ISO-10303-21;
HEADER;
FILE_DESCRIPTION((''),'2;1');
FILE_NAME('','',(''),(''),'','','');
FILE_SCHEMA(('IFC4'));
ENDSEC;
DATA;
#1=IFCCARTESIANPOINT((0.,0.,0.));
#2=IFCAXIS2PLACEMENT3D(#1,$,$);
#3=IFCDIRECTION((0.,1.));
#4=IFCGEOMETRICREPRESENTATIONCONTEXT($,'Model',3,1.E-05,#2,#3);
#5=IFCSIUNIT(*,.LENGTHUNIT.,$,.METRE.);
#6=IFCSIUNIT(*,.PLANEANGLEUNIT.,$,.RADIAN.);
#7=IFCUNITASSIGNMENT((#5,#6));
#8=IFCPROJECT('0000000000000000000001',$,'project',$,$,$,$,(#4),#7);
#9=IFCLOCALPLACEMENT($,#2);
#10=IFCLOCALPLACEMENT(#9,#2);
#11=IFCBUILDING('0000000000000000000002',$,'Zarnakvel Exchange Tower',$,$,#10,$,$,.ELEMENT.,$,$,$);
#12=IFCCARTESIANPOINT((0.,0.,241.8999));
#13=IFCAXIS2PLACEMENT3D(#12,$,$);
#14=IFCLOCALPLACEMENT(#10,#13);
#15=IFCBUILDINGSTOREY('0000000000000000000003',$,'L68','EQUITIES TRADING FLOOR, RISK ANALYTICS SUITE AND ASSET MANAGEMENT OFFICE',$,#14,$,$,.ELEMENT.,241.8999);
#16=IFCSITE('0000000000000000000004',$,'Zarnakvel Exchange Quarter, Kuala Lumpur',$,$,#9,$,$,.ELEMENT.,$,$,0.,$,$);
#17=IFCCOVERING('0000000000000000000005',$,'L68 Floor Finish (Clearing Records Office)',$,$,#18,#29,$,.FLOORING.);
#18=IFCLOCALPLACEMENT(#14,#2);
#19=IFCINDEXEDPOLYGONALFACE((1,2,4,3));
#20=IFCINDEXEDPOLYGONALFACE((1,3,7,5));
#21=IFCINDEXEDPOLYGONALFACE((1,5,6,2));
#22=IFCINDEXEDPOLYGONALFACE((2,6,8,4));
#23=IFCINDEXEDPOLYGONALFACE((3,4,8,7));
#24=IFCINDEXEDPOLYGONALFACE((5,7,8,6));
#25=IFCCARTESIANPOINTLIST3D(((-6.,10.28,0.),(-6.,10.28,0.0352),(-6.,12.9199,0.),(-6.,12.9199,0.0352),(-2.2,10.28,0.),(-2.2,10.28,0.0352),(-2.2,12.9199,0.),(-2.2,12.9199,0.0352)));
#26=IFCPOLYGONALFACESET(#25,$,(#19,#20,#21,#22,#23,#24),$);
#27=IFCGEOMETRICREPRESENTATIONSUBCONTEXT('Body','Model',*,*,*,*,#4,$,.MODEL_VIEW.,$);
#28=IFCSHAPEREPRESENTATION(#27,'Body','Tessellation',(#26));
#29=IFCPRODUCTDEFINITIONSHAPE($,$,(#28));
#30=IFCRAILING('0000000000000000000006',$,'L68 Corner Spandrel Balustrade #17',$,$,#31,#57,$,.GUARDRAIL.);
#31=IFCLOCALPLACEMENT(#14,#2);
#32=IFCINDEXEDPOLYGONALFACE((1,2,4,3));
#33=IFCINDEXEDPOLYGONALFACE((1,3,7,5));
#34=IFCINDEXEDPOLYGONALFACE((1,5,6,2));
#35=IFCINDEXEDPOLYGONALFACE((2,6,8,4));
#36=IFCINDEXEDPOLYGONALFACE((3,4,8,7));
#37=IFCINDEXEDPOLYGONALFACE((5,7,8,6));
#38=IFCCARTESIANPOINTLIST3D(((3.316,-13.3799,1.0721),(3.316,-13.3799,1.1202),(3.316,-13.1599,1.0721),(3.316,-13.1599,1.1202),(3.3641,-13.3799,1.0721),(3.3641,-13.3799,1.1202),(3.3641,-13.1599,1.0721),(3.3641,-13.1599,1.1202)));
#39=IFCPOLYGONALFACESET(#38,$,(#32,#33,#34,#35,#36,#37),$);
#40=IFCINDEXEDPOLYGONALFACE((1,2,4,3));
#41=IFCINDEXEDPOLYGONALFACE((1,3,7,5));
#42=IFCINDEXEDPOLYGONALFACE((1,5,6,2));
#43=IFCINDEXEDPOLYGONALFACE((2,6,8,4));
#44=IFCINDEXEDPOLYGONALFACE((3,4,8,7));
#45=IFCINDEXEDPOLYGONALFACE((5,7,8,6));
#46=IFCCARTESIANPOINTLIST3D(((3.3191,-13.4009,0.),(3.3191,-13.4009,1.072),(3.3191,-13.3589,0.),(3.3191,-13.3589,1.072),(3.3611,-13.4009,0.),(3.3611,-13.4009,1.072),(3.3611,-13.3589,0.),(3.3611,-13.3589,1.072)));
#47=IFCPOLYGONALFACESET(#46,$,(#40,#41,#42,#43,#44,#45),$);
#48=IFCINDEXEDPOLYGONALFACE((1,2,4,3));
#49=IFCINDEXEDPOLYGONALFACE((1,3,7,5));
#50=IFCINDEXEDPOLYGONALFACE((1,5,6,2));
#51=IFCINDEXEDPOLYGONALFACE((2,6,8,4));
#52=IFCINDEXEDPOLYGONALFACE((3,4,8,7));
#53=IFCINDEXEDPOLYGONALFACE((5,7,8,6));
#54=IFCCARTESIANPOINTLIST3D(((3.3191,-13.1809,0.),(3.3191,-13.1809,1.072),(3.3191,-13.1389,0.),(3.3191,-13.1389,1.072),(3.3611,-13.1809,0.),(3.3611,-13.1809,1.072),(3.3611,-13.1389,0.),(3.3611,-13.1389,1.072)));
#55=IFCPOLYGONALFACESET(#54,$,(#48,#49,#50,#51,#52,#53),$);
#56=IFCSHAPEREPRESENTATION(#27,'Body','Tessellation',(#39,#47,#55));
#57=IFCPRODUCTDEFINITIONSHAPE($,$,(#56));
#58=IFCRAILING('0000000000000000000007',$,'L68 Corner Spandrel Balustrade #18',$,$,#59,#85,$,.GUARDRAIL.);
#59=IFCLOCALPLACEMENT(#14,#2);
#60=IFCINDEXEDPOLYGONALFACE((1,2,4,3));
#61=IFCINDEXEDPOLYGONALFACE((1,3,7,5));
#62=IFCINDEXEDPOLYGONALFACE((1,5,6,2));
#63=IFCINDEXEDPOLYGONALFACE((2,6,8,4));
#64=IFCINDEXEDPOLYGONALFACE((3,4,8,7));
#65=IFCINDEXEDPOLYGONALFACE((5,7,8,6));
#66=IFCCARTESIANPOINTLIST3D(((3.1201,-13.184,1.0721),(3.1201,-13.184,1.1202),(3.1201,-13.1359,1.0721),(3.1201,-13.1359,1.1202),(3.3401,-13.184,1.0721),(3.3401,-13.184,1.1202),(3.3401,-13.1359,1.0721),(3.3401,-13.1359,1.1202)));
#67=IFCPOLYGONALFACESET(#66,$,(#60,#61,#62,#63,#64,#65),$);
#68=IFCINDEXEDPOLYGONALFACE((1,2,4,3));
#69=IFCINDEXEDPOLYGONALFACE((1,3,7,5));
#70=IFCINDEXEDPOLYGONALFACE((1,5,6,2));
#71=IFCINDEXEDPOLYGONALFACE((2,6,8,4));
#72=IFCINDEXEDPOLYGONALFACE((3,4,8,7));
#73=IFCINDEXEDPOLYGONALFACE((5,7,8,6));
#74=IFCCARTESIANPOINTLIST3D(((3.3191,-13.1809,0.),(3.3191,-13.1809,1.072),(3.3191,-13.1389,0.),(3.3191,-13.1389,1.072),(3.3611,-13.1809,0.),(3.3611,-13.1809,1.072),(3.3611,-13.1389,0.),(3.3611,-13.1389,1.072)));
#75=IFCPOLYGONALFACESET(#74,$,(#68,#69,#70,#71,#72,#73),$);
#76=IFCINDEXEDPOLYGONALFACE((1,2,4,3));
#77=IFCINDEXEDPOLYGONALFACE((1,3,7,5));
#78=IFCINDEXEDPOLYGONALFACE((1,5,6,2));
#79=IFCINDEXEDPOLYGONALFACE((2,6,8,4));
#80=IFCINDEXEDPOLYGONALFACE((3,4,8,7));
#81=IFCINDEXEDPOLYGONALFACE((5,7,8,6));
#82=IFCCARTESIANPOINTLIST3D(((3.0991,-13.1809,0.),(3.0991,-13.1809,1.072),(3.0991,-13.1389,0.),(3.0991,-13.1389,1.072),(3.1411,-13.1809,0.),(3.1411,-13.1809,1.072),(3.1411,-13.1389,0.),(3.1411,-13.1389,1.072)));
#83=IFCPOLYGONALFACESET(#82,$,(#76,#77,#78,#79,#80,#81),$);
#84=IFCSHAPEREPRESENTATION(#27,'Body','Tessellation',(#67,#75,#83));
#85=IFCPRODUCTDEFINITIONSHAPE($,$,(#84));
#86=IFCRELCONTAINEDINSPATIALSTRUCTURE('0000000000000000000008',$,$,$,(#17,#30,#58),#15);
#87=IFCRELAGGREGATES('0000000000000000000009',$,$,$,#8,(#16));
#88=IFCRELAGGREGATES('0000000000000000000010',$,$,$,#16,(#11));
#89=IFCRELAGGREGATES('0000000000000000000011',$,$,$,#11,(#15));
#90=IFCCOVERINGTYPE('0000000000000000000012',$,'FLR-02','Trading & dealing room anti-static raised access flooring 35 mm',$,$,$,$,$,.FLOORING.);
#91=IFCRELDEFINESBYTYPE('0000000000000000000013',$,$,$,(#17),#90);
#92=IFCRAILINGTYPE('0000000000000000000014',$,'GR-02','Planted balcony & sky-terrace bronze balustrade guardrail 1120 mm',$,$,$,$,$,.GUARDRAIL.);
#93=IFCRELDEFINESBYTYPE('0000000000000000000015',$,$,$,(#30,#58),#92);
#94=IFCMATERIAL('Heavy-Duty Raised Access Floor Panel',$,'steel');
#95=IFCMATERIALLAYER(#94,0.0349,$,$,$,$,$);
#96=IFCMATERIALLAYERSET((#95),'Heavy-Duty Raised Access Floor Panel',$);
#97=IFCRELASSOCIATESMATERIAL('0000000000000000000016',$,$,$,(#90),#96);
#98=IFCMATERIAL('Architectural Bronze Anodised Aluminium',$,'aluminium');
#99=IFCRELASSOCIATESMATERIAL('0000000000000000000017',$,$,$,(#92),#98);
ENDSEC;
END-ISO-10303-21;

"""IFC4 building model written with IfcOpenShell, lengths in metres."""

from ifc_helpers import new_model, si_unit, direction, frame, origin, origin_2d, place, context, subcontext, project, spatial, polyline, rectangle, outline, extrude, material, layer, layer_set, type_object, element, save


model = new_model("IFC4")

# Units and contexts
model_context = context("Model", 3, precision=1e-05, world=origin(), true_north=direction((0.0, 1.0)))
body_context = subcontext(model_context, "Body", "Model", "MODEL_VIEW")
ifc_project = project(units=[si_unit("LENGTHUNIT", "METRE"), si_unit("PLANEANGLEUNIT", "RADIAN")], contexts=[model_context])

# Site, building, storey
site_placement = place(None, origin())
site = spatial("IfcSite", under=ifc_project, at=site_placement, Name="Zarnakvel Exchange Quarter, Kuala Lumpur", CompositionType="ELEMENT", RefElevation=0.0)
building_placement = place(site_placement, origin())
building = spatial("IfcBuilding", under=site, at=building_placement, Name="Zarnakvel Exchange Tower", CompositionType="ELEMENT")
storey_placement = place(building_placement, frame((0.0, 0.0, 241.8999)))
storey = spatial("IfcBuildingStorey", under=building, at=storey_placement, Name="L68", Description="EQUITIES TRADING FLOOR, RISK ANALYTICS SUITE AND ASSET MANAGEMENT OFFICE", CompositionType="ELEMENT", Elevation=241.8999)

# Covering
ifc_material_1 = material(Name="Heavy-Duty Raised Access Floor Panel", Category="steel")
ifc_layer_1 = layer(ifc_material_1, 0.0349)
ifc_layer_set_1 = layer_set([ifc_layer_1], Name="Heavy-Duty Raised Access Floor Panel")
covering_type_1 = type_object("IfcCoveringType", Name="FLR-02", Description="Trading & dealing room anti-static raised access flooring 35 mm", PredefinedType="FLOORING", material=ifc_layer_set_1)
covering_1_placement = place(storey_placement, origin())
element("IfcCovering", 1, at=covering_1_placement, inside=storey, type_object=covering_type_1, Name="L68 Floor Finish (Clearing Records Office)", PredefinedType="FLOORING", context=body_context, shape_type="SweptSolid", body=[
    extrude(outline(polyline([(-6.0, 12.9199), (-2.2, 12.9199), (-2.2, 10.28), (-6.0, 10.28), (-6.0, 12.9199)])), origin(), (0.0, 0.0, 1.0), 0.0352),
])

# Railings
ifc_material_2 = material(Name="Architectural Bronze Anodised Aluminium", Category="aluminium")
railing_type = type_object("IfcRailingType", Name="GR-02", Description="Planted balcony & sky-terrace bronze balustrade guardrail 1120 mm", PredefinedType="GUARDRAIL", material=ifc_material_2)
railing_1_placement = place(storey_placement, frame((3.3401, -13.3799, 0.0)))
element("IfcRailing", 2, at=railing_1_placement, inside=storey, type_object=railing_type, Name="L68 Corner Spandrel Balustrade #17", PredefinedType="GUARDRAIL", context=body_context, shape_type="SweptSolid", body=[
    extrude(rectangle(XDim=0.0481, YDim=0.0481, at=origin_2d()), frame((0.0, 0.0, 1.0962), z_axis=(0.0, 1.0, 0.0), x_axis=(-1.0, 0.0, 0.0)), (0.0, 0.0, 1.0), 0.22),
    extrude(rectangle(XDim=0.042, YDim=0.042, at=origin_2d()), origin(), (0.0, 0.0, 1.0), 1.072),
    extrude(rectangle(XDim=0.042, YDim=0.042, at=origin_2d()), frame((0.0, 0.22, 0.0)), (0.0, 0.0, 1.0), 1.072),
])
railing_2_placement = place(storey_placement, frame((3.3401, -13.1599, 0.0)))
element("IfcRailing", 3, at=railing_2_placement, inside=storey, type_object=railing_type, Name="L68 Corner Spandrel Balustrade #18", PredefinedType="GUARDRAIL", context=body_context, shape_type="SweptSolid", body=[
    extrude(rectangle(XDim=0.0481, YDim=0.0481, at=origin_2d()), frame((0.0, 0.0, 1.0962), z_axis=(-1.0, 0.0, 0.0), x_axis=(0.0, -1.0, 0.0)), (0.0, 0.0, 1.0), 0.22),
    extrude(rectangle(XDim=0.042, YDim=0.042, at=origin_2d()), origin(), (0.0, 0.0, 1.0), 1.072),
    extrude(rectangle(XDim=0.042, YDim=0.042, at=origin_2d()), frame((-0.22, 0.0, 0.0)), (0.0, 0.0, 1.0), 1.072),
])

save(model, "model.ifc")
